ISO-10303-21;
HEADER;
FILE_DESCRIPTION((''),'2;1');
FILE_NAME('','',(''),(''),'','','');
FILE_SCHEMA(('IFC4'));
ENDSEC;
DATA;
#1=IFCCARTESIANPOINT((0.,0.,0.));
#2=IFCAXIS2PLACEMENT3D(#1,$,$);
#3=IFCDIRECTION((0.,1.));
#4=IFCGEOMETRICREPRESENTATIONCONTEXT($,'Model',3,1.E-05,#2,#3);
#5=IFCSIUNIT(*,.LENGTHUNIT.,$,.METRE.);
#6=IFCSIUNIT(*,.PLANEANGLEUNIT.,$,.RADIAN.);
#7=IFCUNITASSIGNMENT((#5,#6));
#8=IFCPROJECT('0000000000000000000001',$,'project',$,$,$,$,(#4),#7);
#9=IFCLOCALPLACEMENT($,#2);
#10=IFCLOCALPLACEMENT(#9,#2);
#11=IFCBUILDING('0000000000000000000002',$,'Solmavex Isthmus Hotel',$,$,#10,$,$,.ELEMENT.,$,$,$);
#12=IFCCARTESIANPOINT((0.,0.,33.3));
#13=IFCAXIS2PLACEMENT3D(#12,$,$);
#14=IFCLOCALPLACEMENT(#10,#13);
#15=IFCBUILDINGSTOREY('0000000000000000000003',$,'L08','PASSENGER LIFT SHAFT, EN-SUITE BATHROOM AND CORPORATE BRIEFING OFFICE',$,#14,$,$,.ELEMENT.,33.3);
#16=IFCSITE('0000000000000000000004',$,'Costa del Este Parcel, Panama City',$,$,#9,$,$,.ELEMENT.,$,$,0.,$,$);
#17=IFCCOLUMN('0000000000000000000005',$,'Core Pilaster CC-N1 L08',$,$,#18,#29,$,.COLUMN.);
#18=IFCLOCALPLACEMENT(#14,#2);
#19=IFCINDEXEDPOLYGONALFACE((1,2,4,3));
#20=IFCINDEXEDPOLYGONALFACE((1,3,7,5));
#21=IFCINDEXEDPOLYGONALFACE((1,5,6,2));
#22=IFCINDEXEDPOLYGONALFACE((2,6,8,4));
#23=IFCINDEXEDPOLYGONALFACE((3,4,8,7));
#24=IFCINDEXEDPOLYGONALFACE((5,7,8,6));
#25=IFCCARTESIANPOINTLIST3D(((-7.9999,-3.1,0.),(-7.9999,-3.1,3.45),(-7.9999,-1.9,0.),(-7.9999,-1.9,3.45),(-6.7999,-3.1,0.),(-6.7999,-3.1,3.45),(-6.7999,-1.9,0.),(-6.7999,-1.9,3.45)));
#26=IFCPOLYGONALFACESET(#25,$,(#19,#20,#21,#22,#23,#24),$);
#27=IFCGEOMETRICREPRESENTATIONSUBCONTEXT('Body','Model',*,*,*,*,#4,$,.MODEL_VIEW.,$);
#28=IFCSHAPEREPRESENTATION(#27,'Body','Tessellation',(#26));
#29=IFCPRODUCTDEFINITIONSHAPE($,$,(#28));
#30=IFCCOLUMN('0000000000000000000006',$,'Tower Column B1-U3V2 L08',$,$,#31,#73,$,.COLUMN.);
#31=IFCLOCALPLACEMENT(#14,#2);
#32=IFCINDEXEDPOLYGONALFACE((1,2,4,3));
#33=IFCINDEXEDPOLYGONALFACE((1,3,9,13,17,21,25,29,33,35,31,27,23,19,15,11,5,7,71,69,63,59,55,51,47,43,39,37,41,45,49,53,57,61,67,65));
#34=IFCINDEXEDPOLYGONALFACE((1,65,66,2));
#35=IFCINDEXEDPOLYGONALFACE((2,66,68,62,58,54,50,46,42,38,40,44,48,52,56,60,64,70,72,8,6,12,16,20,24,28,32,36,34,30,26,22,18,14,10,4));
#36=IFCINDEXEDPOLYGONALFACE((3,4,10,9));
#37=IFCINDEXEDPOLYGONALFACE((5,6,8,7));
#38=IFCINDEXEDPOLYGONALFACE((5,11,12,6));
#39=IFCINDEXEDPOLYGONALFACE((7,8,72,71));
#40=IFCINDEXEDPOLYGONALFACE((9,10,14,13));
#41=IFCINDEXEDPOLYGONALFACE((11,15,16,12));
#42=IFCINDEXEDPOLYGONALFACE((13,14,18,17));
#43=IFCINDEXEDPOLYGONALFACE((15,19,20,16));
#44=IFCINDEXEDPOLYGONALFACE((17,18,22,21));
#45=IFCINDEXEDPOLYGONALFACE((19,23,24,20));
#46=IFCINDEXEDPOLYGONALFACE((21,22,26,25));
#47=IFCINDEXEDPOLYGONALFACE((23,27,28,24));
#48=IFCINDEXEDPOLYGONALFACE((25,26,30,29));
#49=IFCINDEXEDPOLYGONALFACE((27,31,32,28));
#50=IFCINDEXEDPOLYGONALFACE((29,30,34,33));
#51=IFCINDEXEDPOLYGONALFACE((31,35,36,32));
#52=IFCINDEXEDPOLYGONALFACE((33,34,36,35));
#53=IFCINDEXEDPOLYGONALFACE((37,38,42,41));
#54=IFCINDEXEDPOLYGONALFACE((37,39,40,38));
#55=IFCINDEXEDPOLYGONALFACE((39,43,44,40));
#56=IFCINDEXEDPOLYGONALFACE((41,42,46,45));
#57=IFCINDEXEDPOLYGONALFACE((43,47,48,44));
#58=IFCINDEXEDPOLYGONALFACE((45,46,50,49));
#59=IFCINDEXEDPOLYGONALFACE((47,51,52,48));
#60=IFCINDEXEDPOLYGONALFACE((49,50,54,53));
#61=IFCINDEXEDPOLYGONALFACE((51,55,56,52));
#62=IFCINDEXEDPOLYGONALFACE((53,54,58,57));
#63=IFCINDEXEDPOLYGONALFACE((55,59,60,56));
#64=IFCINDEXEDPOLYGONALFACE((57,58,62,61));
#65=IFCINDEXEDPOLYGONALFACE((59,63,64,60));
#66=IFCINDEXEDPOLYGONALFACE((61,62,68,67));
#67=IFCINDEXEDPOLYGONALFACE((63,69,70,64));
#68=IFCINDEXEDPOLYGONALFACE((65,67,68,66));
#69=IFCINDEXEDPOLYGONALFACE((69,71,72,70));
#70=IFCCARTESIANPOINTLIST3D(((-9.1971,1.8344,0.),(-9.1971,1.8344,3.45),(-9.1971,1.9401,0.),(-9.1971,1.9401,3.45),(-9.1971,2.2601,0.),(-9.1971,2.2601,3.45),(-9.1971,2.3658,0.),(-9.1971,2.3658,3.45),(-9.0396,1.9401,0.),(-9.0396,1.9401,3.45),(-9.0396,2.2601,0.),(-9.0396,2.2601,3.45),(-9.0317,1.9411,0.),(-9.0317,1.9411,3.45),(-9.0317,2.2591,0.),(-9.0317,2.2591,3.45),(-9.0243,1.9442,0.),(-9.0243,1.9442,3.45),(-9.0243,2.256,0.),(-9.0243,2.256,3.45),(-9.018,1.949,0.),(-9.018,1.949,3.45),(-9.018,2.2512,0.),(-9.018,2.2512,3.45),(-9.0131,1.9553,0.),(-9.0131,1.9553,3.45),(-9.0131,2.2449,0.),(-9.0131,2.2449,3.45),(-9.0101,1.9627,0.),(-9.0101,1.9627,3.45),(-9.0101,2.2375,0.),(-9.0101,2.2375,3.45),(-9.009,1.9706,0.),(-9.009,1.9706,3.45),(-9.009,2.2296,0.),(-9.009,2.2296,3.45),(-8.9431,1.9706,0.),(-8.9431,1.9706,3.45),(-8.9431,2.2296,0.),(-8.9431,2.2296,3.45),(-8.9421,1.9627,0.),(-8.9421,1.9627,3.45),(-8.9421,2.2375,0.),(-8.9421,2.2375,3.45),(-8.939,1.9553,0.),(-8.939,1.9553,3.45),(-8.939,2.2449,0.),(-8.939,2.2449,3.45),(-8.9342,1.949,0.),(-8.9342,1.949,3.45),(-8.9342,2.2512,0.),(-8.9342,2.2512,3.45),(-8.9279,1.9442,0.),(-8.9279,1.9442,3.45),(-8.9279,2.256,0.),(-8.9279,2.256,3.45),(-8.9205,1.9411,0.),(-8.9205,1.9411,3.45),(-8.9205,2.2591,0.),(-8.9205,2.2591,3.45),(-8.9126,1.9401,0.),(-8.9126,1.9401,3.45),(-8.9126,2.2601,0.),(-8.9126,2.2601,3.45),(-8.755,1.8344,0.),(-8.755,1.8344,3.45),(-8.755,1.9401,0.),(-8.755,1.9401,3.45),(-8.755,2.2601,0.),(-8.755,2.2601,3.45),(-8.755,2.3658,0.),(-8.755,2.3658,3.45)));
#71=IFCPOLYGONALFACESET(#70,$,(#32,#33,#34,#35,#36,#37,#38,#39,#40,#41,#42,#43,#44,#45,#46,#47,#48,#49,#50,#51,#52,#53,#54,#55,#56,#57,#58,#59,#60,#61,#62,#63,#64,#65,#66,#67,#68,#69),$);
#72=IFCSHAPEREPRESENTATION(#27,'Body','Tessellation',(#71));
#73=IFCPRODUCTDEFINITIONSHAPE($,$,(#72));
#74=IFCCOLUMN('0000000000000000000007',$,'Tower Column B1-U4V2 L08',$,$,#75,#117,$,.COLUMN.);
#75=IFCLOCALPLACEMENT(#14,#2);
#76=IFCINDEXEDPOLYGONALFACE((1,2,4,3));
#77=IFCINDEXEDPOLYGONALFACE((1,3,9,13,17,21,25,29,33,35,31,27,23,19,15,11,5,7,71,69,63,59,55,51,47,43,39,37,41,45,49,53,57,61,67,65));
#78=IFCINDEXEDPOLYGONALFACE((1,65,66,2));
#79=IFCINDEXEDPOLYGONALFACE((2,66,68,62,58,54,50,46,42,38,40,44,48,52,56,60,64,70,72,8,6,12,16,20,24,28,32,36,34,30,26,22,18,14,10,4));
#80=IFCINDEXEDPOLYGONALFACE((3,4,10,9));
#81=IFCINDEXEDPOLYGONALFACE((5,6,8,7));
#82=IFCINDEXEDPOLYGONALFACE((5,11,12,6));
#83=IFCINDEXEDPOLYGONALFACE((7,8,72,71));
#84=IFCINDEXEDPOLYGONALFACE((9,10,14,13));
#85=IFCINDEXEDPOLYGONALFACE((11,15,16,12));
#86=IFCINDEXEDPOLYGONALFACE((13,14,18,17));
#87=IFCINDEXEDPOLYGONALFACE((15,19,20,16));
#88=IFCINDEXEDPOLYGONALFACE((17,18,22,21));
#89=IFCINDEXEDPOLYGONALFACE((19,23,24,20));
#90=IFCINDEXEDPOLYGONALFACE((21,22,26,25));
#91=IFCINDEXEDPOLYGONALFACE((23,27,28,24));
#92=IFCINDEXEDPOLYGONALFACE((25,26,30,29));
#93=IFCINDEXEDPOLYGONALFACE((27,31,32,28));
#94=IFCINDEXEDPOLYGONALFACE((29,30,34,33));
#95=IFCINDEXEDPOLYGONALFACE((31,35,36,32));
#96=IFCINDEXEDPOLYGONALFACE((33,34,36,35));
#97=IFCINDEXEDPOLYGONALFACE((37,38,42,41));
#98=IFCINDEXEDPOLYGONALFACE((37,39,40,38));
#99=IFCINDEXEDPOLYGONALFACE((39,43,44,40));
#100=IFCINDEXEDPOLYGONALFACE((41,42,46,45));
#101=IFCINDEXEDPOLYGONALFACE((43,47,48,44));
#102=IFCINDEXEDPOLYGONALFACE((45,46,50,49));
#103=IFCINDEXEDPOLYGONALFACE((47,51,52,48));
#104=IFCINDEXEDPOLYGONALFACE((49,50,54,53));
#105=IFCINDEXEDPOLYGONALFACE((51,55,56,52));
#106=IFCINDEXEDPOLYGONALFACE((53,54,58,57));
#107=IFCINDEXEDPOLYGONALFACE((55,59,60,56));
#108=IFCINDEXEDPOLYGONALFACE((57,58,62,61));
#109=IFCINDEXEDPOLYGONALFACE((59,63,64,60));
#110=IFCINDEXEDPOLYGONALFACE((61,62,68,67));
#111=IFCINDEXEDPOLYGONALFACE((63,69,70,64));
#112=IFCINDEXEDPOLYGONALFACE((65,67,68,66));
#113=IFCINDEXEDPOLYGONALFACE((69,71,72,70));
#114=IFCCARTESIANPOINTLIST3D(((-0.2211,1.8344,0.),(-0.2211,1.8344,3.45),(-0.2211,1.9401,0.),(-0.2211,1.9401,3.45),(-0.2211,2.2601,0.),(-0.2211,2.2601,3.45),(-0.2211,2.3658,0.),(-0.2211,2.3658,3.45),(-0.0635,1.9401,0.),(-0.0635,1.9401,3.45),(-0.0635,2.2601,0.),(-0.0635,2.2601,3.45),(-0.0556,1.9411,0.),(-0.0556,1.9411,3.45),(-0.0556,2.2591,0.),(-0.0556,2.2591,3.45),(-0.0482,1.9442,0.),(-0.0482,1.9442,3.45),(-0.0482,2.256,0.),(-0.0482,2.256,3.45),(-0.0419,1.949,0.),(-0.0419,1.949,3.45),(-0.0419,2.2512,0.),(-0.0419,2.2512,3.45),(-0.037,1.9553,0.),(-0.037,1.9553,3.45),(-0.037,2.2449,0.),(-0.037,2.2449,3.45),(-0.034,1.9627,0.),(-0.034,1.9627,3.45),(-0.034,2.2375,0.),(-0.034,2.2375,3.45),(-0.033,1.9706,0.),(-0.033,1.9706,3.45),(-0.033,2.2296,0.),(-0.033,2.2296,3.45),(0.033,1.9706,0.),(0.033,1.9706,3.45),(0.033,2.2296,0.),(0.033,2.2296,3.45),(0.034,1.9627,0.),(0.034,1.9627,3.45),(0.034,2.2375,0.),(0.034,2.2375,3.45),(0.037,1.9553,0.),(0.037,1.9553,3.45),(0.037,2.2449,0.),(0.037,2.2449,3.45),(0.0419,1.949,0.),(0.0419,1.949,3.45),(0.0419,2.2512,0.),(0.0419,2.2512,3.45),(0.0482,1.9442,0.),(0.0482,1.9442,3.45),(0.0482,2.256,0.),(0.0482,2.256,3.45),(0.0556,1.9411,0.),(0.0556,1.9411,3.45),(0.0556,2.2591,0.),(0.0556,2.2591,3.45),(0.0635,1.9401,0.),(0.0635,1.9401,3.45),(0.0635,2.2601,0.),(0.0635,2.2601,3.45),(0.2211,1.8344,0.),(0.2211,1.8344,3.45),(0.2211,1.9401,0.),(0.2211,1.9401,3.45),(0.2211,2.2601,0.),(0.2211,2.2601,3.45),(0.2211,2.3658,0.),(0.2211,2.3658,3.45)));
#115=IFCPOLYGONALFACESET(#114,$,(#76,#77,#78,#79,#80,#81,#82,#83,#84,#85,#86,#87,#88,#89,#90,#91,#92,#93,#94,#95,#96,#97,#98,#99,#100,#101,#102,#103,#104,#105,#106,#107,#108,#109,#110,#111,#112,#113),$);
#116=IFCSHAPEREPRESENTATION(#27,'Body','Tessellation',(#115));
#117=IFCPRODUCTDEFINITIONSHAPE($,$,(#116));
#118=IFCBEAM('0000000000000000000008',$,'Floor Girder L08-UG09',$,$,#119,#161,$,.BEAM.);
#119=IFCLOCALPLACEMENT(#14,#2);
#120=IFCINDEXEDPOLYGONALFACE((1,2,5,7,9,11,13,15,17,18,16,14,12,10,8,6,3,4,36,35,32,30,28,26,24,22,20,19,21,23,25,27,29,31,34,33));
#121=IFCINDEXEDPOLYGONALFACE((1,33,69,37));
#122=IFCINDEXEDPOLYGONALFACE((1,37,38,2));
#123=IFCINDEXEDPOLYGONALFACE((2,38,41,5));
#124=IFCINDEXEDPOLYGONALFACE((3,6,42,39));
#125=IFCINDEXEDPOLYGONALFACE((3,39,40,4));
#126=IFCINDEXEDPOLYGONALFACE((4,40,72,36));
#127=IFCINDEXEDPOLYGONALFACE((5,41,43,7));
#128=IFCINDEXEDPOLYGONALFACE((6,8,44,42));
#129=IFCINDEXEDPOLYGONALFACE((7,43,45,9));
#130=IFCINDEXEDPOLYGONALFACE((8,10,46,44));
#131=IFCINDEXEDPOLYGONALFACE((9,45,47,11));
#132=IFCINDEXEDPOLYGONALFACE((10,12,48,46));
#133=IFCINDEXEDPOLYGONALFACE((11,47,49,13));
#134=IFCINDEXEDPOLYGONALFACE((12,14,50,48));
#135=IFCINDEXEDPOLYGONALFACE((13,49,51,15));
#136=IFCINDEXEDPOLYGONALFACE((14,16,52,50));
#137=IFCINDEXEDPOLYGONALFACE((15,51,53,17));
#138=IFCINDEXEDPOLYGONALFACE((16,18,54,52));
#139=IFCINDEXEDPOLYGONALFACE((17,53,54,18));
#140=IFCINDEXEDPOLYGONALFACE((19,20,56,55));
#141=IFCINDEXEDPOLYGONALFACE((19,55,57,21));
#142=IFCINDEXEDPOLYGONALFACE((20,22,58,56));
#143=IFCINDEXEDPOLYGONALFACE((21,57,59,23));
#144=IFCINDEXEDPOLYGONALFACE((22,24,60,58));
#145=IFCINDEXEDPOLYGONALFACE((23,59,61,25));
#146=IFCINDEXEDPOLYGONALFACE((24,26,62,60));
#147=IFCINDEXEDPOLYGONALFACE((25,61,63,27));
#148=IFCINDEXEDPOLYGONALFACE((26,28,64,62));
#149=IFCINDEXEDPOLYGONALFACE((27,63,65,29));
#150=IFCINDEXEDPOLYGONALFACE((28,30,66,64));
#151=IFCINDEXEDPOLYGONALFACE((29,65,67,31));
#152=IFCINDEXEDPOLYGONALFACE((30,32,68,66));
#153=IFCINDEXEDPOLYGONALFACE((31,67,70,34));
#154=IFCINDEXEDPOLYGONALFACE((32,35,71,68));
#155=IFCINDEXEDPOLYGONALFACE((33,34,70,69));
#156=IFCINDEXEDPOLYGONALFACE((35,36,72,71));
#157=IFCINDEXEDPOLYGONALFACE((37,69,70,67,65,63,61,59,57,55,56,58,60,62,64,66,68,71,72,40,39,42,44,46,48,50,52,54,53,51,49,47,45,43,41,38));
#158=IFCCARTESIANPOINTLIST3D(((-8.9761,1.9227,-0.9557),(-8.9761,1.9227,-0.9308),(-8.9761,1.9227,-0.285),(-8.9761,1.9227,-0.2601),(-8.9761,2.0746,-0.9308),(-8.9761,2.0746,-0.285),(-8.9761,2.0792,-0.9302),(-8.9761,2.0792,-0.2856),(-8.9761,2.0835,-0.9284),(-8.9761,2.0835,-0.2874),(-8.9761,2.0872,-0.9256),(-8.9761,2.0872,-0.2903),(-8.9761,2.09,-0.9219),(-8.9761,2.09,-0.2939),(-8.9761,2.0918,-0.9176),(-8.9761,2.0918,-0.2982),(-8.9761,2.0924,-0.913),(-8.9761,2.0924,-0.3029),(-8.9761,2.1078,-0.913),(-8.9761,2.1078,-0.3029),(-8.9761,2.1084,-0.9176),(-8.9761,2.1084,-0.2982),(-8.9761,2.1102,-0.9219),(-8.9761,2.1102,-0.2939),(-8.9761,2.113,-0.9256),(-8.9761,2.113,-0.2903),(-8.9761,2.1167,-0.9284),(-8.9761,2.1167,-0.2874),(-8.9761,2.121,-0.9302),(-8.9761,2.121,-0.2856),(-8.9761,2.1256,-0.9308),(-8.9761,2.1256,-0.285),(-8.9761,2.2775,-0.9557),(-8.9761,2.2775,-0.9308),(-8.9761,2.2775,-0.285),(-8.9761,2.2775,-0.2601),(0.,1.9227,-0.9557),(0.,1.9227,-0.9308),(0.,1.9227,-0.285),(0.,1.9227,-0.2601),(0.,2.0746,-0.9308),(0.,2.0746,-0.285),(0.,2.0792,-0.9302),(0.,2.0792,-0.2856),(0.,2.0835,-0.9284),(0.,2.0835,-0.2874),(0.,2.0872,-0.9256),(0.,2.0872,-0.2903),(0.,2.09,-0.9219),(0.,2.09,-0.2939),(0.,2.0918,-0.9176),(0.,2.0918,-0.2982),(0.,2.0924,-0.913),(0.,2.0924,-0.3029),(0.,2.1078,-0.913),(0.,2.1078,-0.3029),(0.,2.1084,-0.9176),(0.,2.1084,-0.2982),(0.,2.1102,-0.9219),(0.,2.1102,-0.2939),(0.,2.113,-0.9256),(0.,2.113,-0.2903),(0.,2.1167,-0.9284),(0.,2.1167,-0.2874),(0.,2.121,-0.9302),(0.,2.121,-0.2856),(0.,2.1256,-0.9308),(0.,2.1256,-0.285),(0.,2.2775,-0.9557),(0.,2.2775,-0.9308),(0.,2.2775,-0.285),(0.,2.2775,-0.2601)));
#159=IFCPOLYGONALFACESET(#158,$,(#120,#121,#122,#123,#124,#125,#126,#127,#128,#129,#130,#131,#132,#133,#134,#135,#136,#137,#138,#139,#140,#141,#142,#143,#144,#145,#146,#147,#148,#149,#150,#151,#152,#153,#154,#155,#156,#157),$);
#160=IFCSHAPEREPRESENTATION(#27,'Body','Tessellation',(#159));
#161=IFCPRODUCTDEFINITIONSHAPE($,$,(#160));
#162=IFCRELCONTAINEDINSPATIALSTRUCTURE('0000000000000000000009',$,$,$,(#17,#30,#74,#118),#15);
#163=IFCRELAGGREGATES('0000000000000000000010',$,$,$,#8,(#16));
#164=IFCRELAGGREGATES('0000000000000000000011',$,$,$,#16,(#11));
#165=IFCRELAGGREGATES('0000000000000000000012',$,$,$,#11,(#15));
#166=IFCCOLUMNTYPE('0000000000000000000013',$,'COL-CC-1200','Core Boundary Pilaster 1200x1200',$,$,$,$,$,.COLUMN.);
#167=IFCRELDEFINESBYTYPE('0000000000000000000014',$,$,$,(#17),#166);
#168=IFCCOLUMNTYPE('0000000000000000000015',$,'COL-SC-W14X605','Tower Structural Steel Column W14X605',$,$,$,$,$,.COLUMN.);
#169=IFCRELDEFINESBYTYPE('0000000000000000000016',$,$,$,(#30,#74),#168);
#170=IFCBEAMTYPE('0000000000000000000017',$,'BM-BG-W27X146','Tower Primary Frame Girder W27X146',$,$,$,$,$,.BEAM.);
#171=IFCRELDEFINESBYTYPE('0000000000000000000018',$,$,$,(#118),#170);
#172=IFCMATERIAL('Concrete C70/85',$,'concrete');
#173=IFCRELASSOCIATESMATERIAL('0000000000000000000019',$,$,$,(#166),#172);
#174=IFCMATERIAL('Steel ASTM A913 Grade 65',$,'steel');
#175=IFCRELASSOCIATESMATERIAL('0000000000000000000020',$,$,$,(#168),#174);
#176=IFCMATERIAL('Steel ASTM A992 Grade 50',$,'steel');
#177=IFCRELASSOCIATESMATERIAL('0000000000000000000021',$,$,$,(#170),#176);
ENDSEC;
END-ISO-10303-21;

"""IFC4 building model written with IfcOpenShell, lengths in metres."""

from ifc_helpers import new_model, si_unit, direction, frame, origin, origin_2d, place, context, subcontext, project, spatial, rectangle, i_section, extrude, material, material_profile, profile_set, type_object, element, save


model = new_model("IFC4")

# Units and contexts
model_context = context("Model", 3, precision=1e-05, world=origin(), true_north=direction((0.0, 1.0)))
body_context = subcontext(model_context, "Body", "Model", "MODEL_VIEW")
ifc_project = project(units=[si_unit("LENGTHUNIT", "METRE"), si_unit("PLANEANGLEUNIT", "RADIAN")], contexts=[model_context])

# Site, building, storey
site_placement = place(None, origin())
site = spatial("IfcSite", under=ifc_project, at=site_placement, Name="Costa del Este Parcel, Panama City", CompositionType="ELEMENT", RefElevation=0.0)
building_placement = place(site_placement, origin())
building = spatial("IfcBuilding", under=site, at=building_placement, Name="Solmavex Isthmus Hotel", CompositionType="ELEMENT")
storey_placement = place(building_placement, frame((0.0, 0.0, 33.3)))
storey = spatial("IfcBuildingStorey", under=building, at=storey_placement, Name="L08", Description="PASSENGER LIFT SHAFT, EN-SUITE BATHROOM AND CORPORATE BRIEFING OFFICE", CompositionType="ELEMENT", Elevation=33.3)

# Columns
ifc_material_1 = material(Name="Concrete C70/85", Category="concrete")
ifc_material_profile_1 = material_profile(ifc_material_1, rectangle(XDim=1.2, YDim=1.2, at=origin_2d()), Name="RC1200X1200")
ifc_profile_set_1 = profile_set([ifc_material_profile_1], Name="Concrete C70/85")
column_type_1 = type_object("IfcColumnType", Name="COL-CC-1200", Description="Core Boundary Pilaster 1200x1200", PredefinedType="COLUMN", material=ifc_profile_set_1)
column_placement = place(storey_placement, frame((-7.3999, -2.5, 0.0), z_axis=(0.0, 0.0, 1.0), x_axis=(1.0, 0.0, 0.0)))
element("IfcColumn", 1, at=column_placement, inside=storey, type_object=column_type_1, Name="Core Pilaster CC-N1 L08", PredefinedType="COLUMN", context=body_context, shape_type="SweptSolid", body=[
    extrude(rectangle(XDim=1.2, YDim=1.2, at=origin_2d()), origin(), (0.0, 0.0, 1.0), 3.45),
])
ifc_material_2 = material(Name="Steel ASTM A913 Grade 65", Category="steel")
ifc_material_profile_2 = material_profile(ifc_material_2, i_section(OverallWidth=0.4421, OverallDepth=0.5315, WebThickness=0.0659, FlangeThickness=0.1057, FilletRadius=0.0305, at=origin_2d()), Name="W14X605")
ifc_profile_set_2 = profile_set([ifc_material_profile_2], Name="Steel ASTM A913 Grade 65")
column_type_2 = type_object("IfcColumnType", Name="COL-SC-W14X605", Description="Tower Structural Steel Column W14X605", PredefinedType="COLUMN", material=ifc_profile_set_2)
for number, where, z_axis, x_axis, name in (
    (2, (-8.9761, 2.1001, 0.0), (0.0, 0.0, 1.0), (1.0, 0.0, 0.0), "Tower Column B1-U3V2 L08"),
    (3, (0.0, 2.1001, 0.0), (0.0, 0.0, 1.0), (1.0, 0.0, 0.0), "Tower Column B1-U4V2 L08"),
):
    element("IfcColumn", number, at=place(storey_placement, frame(where, z_axis=z_axis, x_axis=x_axis)), inside=storey, type_object=column_type_2, Name=name, PredefinedType="COLUMN", context=body_context, shape_type="SweptSolid", body=[
        extrude(i_section(OverallWidth=0.4421, OverallDepth=0.5315, WebThickness=0.0659, FlangeThickness=0.1057, FilletRadius=0.0305, at=origin_2d()), origin(), (0.0, 0.0, 1.0), 3.45),
    ])

# Beam
ifc_material_3 = material(Name="Steel ASTM A992 Grade 50", Category="steel")
ifc_material_profile_3 = material_profile(ifc_material_3, i_section(OverallWidth=0.3547, OverallDepth=0.6956, WebThickness=0.0154, FlangeThickness=0.0249, FilletRadius=0.0178, at=origin_2d()), Name="W27X146")
ifc_profile_set_3 = profile_set([ifc_material_profile_3], Name="Steel ASTM A992 Grade 50")
beam_type_1 = type_object("IfcBeamType", Name="BM-BG-W27X146", Description="Tower Primary Frame Girder W27X146", PredefinedType="BEAM", material=ifc_profile_set_3)
for number, where, z_axis, x_axis, name in (
    (4, (-8.9761, 2.1001, -0.6079), (1.0, 0.0, 0.0), (0.0, 1.0, 0.0), "Floor Girder L08-UG09"),
):
    element("IfcBeam", number, at=place(storey_placement, frame(where, z_axis=z_axis, x_axis=x_axis)), inside=storey, type_object=beam_type_1, Name=name, PredefinedType="BEAM", context=body_context, shape_type="SweptSolid", body=[
        extrude(i_section(OverallWidth=0.3547, OverallDepth=0.6956, WebThickness=0.0154, FlangeThickness=0.0249, FilletRadius=0.0178, at=origin_2d()), origin(), (0.0, 0.0, 1.0), 8.9761),
    ])

save(model, "model.ifc")
